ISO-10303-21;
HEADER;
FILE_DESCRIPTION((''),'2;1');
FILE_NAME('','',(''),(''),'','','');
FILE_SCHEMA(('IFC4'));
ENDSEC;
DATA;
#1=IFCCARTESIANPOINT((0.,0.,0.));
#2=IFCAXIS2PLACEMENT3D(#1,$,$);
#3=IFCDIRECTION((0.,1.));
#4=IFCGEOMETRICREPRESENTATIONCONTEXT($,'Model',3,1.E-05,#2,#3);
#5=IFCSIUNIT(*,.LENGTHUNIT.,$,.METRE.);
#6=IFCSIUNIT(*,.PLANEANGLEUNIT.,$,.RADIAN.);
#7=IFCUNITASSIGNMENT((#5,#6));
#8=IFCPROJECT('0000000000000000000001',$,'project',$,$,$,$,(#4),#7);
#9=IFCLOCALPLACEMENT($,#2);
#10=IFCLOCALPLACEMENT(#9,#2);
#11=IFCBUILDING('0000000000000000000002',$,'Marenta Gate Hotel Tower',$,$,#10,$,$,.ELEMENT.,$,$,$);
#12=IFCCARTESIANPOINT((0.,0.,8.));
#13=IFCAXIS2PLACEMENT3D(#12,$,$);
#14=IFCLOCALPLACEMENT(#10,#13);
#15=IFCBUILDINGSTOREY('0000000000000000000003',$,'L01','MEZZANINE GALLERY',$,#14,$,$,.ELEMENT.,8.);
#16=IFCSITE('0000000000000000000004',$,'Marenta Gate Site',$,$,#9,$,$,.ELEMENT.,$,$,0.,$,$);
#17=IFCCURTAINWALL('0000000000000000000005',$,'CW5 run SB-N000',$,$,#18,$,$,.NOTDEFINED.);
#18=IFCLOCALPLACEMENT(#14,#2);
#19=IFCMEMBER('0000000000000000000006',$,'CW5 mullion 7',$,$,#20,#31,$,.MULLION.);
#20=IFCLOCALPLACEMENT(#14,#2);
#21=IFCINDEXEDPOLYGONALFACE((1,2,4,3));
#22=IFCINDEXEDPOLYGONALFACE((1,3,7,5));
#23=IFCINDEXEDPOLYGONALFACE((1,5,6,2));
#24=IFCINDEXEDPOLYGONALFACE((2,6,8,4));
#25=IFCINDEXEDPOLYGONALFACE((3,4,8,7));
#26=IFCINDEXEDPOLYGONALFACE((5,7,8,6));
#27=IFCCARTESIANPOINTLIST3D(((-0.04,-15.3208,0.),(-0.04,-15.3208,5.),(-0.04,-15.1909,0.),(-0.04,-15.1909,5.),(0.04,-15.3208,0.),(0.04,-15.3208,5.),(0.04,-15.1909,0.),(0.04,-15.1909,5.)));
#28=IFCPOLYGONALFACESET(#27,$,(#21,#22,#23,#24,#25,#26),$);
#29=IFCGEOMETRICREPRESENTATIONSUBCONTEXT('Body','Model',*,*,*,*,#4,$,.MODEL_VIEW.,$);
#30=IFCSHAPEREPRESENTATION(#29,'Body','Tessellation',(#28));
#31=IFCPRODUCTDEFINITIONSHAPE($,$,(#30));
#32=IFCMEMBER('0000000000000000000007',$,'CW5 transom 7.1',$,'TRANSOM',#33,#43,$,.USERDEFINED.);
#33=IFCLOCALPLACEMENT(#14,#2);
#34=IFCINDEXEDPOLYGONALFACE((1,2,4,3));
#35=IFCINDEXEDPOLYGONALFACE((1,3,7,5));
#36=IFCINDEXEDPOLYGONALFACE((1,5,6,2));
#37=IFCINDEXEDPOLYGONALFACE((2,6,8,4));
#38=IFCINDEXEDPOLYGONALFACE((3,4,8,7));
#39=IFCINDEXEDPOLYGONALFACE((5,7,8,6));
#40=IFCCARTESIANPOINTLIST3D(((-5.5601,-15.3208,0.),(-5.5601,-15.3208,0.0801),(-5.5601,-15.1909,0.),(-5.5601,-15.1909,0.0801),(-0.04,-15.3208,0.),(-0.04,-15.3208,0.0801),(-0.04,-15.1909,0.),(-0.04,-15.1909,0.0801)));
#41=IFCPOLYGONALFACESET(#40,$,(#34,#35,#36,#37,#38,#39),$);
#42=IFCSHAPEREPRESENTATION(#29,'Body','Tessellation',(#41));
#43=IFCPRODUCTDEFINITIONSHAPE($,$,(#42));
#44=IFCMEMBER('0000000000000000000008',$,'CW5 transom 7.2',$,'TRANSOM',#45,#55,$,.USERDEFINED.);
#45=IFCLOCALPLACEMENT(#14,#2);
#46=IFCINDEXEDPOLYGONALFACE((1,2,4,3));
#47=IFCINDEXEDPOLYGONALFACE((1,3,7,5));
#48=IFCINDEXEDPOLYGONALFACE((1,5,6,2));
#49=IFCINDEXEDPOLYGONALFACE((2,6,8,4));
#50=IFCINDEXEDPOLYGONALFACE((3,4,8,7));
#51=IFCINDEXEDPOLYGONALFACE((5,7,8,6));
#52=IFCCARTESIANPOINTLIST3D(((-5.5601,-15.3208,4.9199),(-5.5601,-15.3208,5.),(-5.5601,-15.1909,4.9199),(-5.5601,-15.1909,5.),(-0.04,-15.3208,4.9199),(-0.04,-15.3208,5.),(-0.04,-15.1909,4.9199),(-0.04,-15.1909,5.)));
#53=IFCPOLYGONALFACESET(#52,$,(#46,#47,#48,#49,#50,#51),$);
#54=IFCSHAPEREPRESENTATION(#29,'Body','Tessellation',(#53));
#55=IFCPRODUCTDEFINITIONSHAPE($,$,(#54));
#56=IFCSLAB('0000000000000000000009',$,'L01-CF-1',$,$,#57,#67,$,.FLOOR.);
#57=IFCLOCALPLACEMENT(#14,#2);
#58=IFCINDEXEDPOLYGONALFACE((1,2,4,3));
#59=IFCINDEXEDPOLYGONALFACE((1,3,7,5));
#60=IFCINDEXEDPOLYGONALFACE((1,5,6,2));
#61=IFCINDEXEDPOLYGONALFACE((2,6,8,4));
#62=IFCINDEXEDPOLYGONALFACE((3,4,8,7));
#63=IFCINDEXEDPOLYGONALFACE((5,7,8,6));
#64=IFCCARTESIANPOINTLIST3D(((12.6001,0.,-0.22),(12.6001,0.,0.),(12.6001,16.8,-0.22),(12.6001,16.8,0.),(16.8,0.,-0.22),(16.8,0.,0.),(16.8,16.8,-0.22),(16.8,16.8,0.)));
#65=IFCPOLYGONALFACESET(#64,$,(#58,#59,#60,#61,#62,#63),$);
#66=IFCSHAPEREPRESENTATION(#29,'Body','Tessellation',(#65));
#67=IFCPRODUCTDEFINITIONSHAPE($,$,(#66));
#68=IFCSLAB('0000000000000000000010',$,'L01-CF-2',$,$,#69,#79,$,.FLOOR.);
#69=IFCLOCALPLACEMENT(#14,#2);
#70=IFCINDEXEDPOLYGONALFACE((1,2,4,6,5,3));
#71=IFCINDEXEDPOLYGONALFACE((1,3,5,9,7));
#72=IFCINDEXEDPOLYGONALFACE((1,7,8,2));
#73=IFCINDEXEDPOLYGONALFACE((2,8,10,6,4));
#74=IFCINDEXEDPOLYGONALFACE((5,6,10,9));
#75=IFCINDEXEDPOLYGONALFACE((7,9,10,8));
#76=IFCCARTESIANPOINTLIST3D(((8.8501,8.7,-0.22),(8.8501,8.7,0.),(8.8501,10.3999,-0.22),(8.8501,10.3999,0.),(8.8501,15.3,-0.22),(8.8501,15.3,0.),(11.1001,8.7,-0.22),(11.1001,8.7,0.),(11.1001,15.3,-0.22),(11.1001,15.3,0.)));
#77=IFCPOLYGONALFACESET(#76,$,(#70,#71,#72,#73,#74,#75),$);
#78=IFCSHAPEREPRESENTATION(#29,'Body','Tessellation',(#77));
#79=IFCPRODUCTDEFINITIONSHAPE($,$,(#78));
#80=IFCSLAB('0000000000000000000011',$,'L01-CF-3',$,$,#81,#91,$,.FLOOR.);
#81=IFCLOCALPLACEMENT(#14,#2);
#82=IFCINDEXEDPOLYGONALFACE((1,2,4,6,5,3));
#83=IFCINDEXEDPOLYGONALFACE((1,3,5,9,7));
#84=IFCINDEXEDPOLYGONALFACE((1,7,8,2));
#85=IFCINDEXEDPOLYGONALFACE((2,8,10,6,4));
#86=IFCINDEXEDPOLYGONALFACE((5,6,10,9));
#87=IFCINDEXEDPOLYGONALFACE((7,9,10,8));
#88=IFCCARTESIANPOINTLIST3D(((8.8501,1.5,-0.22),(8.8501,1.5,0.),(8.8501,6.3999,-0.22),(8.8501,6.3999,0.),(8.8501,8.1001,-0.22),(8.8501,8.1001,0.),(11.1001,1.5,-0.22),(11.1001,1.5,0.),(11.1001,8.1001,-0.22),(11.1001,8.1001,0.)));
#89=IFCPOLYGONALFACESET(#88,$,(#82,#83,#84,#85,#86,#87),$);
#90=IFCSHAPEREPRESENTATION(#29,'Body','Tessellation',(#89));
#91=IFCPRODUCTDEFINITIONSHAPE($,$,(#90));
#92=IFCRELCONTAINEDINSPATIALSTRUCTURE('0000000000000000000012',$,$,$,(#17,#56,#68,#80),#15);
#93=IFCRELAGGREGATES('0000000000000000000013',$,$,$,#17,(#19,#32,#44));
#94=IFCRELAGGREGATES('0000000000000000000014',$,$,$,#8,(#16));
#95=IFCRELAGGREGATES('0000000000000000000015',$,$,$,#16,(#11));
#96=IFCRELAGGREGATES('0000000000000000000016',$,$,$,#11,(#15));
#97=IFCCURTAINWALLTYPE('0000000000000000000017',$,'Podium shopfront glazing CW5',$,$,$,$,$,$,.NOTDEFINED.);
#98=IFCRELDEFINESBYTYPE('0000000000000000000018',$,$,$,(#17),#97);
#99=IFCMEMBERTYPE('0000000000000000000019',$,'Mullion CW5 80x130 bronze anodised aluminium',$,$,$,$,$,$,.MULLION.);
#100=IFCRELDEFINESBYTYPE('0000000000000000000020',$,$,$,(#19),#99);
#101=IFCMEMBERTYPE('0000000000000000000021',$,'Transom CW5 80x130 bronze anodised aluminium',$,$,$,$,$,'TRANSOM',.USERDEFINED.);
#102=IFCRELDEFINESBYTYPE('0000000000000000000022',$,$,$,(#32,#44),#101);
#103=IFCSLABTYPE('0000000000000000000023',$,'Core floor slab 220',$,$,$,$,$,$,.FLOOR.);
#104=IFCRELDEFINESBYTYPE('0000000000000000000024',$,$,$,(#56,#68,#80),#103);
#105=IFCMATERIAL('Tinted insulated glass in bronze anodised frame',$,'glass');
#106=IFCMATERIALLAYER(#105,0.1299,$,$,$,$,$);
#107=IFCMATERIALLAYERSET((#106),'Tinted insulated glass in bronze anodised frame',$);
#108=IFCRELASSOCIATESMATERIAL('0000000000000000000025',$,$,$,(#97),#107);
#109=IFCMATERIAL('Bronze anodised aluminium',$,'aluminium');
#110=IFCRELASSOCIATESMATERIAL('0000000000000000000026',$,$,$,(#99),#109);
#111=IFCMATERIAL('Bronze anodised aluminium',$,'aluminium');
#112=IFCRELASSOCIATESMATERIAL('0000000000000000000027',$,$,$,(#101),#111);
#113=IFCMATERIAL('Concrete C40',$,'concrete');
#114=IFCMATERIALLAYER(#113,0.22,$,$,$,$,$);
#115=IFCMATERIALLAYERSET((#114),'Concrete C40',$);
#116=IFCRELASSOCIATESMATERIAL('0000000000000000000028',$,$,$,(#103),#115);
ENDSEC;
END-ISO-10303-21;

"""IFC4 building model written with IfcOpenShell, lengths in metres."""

from ifc_helpers import new_model, si_unit, direction, frame, origin, origin_2d, place, context, subcontext, project, spatial, polyline, rectangle, outline, extrude, material, layer, layer_set, material_profile, profile_set, type_object, element, aggregate, save


model = new_model("IFC4")

# Units and contexts
model_context = context("Model", 3, precision=1e-05, world=origin(), true_north=direction((0.0, 1.0)))
body_context = subcontext(model_context, "Body", "Model", "MODEL_VIEW")
ifc_project = project(units=[si_unit("LENGTHUNIT", "METRE"), si_unit("PLANEANGLEUNIT", "RADIAN")], contexts=[model_context])

# Site, building, storey
site_placement = place(None, origin())
site = spatial("IfcSite", under=ifc_project, at=site_placement, Name="Marenta Gate Site", CompositionType="ELEMENT", RefElevation=0.0)
building_placement = place(site_placement, origin())
building = spatial("IfcBuilding", under=site, at=building_placement, Name="Marenta Gate Hotel Tower", CompositionType="ELEMENT")
storey_placement = place(building_placement, frame((0.0, 0.0, 8.0)))
storey = spatial("IfcBuildingStorey", under=building, at=storey_placement, Name="L01", Description="MEZZANINE GALLERY", CompositionType="ELEMENT", Elevation=8.0)

# Curtain wall, members
ifc_material_1 = material(Name="Tinted insulated glass in bronze anodised frame", Category="glass")
ifc_layer_1 = layer(ifc_material_1, 0.1299)
ifc_layer_set_1 = layer_set([ifc_layer_1], Name="Tinted insulated glass in bronze anodised frame")
curtain_wall_type = type_object("IfcCurtainWallType", Name="Podium shopfront glazing CW5", PredefinedType="NOTDEFINED", material=ifc_layer_set_1)
curtain_wall_placement = place(storey_placement, origin())
curtain_wall = element("IfcCurtainWall", 1, at=curtain_wall_placement, inside=storey, type_object=curtain_wall_type, Name="CW5 run SB-N000", PredefinedType="NOTDEFINED")
ifc_material_2 = material(Name="Bronze anodised aluminium", Category="aluminium")
ifc_material_profile_1 = material_profile(ifc_material_2, rectangle(XDim=0.1299, YDim=0.0801, at=origin_2d()), Name="Mullion CW5 80x130 bronze anodised aluminium")
ifc_profile_set_1 = profile_set([ifc_material_profile_1], Name="Bronze anodised aluminium")
member_type_1 = type_object("IfcMemberType", Name="Mullion CW5 80x130 bronze anodised aluminium", PredefinedType="MULLION", material=ifc_profile_set_1)
member_1_placement = place(storey_placement, frame((0.0, -15.2559, 0.0), z_axis=(0.0, 0.0, 1.0), x_axis=(0.0, -1.0, 0.0)))
member_1 = element("IfcMember", 2, at=member_1_placement, type_object=member_type_1, Name="CW5 mullion 7", PredefinedType="MULLION", context=body_context, shape_type="SweptSolid", body=[
    extrude(rectangle(XDim=0.1299, YDim=0.0801, at=origin_2d()), origin(), (0.0, 0.0, 1.0), 5.0),
])
ifc_material_3 = material(Name="Bronze anodised aluminium", Category="aluminium")
ifc_material_profile_2 = material_profile(ifc_material_3, rectangle(XDim=0.1299, YDim=0.0801, at=origin_2d()), Name="Transom CW5 80x130 bronze anodised aluminium")
ifc_profile_set_2 = profile_set([ifc_material_profile_2], Name="Bronze anodised aluminium")
member_type_2 = type_object("IfcMemberType", Name="Transom CW5 80x130 bronze anodised aluminium", ElementType="TRANSOM", PredefinedType="USERDEFINED", material=ifc_profile_set_2)
member_2_placement = place(storey_placement, frame((-0.04, -15.2559, 0.04), z_axis=(-1.0, 0.0, 0.0), x_axis=(0.0, -1.0, 0.0)))
member_2 = element("IfcMember", 3, at=member_2_placement, type_object=member_type_2, Name="CW5 transom 7.1", ObjectType="TRANSOM", PredefinedType="USERDEFINED", context=body_context, shape_type="SweptSolid", body=[
    extrude(rectangle(XDim=0.1299, YDim=0.0801, at=origin_2d()), origin(), (0.0, 0.0, 1.0), 5.52),
])
member_3_placement = place(storey_placement, frame((-0.04, -15.2559, 4.96), z_axis=(-1.0, 0.0, 0.0), x_axis=(0.0, -1.0, 0.0)))
member_3 = element("IfcMember", 4, at=member_3_placement, type_object=member_type_2, Name="CW5 transom 7.2", ObjectType="TRANSOM", PredefinedType="USERDEFINED", context=body_context, shape_type="SweptSolid", body=[
    extrude(rectangle(XDim=0.1299, YDim=0.0801, at=origin_2d()), origin(), (0.0, 0.0, 1.0), 5.52),
])
aggregate(curtain_wall, [member_1, member_2, member_3])

# Slabs
ifc_material_4 = material(Name="Concrete C40", Category="concrete")
ifc_layer_2 = layer(ifc_material_4, 0.22)
ifc_layer_set_2 = layer_set([ifc_layer_2], Name="Concrete C40")
slab_type_1 = type_object("IfcSlabType", Name="Core floor slab 220", PredefinedType="FLOOR", material=ifc_layer_set_2)
slab_1_placement = place(storey_placement, frame((0.0, 0.0, -0.22)))
element("IfcSlab", 5, at=slab_1_placement, inside=storey, type_object=slab_type_1, Name="L01-CF-1", PredefinedType="FLOOR", context=body_context, shape_type="SweptSolid", body=[
    extrude(outline(polyline([(12.6001, 0.0), (12.6001, 16.8), (16.8, 16.8), (16.8, 0.0), (12.6001, 0.0)])), origin(), (0.0, 0.0, 1.0), 0.22),
])
slab_2_placement = place(storey_placement, frame((0.0, 0.0, -0.22)))
element("IfcSlab", 6, at=slab_2_placement, inside=storey, type_object=slab_type_1, Name="L01-CF-2", PredefinedType="FLOOR", context=body_context, shape_type="SweptSolid", body=[
    extrude(outline(polyline([(8.8501, 15.3), (11.1001, 15.3), (11.1001, 8.7), (8.8501, 8.7), (8.8501, 10.3999), (8.8501, 15.3)])), origin(), (0.0, 0.0, 1.0), 0.22),
])
slab_3_placement = place(storey_placement, frame((0.0, 0.0, -0.22)))
element("IfcSlab", 7, at=slab_3_placement, inside=storey, type_object=slab_type_1, Name="L01-CF-3", PredefinedType="FLOOR", context=body_context, shape_type="SweptSolid", body=[
    extrude(outline(polyline([(11.1001, 8.1001), (11.1001, 1.5), (8.8501, 1.5), (8.8501, 6.3999), (8.8501, 8.1001), (11.1001, 8.1001)])), origin(), (0.0, 0.0, 1.0), 0.22),
])

save(model, "model.ifc")
